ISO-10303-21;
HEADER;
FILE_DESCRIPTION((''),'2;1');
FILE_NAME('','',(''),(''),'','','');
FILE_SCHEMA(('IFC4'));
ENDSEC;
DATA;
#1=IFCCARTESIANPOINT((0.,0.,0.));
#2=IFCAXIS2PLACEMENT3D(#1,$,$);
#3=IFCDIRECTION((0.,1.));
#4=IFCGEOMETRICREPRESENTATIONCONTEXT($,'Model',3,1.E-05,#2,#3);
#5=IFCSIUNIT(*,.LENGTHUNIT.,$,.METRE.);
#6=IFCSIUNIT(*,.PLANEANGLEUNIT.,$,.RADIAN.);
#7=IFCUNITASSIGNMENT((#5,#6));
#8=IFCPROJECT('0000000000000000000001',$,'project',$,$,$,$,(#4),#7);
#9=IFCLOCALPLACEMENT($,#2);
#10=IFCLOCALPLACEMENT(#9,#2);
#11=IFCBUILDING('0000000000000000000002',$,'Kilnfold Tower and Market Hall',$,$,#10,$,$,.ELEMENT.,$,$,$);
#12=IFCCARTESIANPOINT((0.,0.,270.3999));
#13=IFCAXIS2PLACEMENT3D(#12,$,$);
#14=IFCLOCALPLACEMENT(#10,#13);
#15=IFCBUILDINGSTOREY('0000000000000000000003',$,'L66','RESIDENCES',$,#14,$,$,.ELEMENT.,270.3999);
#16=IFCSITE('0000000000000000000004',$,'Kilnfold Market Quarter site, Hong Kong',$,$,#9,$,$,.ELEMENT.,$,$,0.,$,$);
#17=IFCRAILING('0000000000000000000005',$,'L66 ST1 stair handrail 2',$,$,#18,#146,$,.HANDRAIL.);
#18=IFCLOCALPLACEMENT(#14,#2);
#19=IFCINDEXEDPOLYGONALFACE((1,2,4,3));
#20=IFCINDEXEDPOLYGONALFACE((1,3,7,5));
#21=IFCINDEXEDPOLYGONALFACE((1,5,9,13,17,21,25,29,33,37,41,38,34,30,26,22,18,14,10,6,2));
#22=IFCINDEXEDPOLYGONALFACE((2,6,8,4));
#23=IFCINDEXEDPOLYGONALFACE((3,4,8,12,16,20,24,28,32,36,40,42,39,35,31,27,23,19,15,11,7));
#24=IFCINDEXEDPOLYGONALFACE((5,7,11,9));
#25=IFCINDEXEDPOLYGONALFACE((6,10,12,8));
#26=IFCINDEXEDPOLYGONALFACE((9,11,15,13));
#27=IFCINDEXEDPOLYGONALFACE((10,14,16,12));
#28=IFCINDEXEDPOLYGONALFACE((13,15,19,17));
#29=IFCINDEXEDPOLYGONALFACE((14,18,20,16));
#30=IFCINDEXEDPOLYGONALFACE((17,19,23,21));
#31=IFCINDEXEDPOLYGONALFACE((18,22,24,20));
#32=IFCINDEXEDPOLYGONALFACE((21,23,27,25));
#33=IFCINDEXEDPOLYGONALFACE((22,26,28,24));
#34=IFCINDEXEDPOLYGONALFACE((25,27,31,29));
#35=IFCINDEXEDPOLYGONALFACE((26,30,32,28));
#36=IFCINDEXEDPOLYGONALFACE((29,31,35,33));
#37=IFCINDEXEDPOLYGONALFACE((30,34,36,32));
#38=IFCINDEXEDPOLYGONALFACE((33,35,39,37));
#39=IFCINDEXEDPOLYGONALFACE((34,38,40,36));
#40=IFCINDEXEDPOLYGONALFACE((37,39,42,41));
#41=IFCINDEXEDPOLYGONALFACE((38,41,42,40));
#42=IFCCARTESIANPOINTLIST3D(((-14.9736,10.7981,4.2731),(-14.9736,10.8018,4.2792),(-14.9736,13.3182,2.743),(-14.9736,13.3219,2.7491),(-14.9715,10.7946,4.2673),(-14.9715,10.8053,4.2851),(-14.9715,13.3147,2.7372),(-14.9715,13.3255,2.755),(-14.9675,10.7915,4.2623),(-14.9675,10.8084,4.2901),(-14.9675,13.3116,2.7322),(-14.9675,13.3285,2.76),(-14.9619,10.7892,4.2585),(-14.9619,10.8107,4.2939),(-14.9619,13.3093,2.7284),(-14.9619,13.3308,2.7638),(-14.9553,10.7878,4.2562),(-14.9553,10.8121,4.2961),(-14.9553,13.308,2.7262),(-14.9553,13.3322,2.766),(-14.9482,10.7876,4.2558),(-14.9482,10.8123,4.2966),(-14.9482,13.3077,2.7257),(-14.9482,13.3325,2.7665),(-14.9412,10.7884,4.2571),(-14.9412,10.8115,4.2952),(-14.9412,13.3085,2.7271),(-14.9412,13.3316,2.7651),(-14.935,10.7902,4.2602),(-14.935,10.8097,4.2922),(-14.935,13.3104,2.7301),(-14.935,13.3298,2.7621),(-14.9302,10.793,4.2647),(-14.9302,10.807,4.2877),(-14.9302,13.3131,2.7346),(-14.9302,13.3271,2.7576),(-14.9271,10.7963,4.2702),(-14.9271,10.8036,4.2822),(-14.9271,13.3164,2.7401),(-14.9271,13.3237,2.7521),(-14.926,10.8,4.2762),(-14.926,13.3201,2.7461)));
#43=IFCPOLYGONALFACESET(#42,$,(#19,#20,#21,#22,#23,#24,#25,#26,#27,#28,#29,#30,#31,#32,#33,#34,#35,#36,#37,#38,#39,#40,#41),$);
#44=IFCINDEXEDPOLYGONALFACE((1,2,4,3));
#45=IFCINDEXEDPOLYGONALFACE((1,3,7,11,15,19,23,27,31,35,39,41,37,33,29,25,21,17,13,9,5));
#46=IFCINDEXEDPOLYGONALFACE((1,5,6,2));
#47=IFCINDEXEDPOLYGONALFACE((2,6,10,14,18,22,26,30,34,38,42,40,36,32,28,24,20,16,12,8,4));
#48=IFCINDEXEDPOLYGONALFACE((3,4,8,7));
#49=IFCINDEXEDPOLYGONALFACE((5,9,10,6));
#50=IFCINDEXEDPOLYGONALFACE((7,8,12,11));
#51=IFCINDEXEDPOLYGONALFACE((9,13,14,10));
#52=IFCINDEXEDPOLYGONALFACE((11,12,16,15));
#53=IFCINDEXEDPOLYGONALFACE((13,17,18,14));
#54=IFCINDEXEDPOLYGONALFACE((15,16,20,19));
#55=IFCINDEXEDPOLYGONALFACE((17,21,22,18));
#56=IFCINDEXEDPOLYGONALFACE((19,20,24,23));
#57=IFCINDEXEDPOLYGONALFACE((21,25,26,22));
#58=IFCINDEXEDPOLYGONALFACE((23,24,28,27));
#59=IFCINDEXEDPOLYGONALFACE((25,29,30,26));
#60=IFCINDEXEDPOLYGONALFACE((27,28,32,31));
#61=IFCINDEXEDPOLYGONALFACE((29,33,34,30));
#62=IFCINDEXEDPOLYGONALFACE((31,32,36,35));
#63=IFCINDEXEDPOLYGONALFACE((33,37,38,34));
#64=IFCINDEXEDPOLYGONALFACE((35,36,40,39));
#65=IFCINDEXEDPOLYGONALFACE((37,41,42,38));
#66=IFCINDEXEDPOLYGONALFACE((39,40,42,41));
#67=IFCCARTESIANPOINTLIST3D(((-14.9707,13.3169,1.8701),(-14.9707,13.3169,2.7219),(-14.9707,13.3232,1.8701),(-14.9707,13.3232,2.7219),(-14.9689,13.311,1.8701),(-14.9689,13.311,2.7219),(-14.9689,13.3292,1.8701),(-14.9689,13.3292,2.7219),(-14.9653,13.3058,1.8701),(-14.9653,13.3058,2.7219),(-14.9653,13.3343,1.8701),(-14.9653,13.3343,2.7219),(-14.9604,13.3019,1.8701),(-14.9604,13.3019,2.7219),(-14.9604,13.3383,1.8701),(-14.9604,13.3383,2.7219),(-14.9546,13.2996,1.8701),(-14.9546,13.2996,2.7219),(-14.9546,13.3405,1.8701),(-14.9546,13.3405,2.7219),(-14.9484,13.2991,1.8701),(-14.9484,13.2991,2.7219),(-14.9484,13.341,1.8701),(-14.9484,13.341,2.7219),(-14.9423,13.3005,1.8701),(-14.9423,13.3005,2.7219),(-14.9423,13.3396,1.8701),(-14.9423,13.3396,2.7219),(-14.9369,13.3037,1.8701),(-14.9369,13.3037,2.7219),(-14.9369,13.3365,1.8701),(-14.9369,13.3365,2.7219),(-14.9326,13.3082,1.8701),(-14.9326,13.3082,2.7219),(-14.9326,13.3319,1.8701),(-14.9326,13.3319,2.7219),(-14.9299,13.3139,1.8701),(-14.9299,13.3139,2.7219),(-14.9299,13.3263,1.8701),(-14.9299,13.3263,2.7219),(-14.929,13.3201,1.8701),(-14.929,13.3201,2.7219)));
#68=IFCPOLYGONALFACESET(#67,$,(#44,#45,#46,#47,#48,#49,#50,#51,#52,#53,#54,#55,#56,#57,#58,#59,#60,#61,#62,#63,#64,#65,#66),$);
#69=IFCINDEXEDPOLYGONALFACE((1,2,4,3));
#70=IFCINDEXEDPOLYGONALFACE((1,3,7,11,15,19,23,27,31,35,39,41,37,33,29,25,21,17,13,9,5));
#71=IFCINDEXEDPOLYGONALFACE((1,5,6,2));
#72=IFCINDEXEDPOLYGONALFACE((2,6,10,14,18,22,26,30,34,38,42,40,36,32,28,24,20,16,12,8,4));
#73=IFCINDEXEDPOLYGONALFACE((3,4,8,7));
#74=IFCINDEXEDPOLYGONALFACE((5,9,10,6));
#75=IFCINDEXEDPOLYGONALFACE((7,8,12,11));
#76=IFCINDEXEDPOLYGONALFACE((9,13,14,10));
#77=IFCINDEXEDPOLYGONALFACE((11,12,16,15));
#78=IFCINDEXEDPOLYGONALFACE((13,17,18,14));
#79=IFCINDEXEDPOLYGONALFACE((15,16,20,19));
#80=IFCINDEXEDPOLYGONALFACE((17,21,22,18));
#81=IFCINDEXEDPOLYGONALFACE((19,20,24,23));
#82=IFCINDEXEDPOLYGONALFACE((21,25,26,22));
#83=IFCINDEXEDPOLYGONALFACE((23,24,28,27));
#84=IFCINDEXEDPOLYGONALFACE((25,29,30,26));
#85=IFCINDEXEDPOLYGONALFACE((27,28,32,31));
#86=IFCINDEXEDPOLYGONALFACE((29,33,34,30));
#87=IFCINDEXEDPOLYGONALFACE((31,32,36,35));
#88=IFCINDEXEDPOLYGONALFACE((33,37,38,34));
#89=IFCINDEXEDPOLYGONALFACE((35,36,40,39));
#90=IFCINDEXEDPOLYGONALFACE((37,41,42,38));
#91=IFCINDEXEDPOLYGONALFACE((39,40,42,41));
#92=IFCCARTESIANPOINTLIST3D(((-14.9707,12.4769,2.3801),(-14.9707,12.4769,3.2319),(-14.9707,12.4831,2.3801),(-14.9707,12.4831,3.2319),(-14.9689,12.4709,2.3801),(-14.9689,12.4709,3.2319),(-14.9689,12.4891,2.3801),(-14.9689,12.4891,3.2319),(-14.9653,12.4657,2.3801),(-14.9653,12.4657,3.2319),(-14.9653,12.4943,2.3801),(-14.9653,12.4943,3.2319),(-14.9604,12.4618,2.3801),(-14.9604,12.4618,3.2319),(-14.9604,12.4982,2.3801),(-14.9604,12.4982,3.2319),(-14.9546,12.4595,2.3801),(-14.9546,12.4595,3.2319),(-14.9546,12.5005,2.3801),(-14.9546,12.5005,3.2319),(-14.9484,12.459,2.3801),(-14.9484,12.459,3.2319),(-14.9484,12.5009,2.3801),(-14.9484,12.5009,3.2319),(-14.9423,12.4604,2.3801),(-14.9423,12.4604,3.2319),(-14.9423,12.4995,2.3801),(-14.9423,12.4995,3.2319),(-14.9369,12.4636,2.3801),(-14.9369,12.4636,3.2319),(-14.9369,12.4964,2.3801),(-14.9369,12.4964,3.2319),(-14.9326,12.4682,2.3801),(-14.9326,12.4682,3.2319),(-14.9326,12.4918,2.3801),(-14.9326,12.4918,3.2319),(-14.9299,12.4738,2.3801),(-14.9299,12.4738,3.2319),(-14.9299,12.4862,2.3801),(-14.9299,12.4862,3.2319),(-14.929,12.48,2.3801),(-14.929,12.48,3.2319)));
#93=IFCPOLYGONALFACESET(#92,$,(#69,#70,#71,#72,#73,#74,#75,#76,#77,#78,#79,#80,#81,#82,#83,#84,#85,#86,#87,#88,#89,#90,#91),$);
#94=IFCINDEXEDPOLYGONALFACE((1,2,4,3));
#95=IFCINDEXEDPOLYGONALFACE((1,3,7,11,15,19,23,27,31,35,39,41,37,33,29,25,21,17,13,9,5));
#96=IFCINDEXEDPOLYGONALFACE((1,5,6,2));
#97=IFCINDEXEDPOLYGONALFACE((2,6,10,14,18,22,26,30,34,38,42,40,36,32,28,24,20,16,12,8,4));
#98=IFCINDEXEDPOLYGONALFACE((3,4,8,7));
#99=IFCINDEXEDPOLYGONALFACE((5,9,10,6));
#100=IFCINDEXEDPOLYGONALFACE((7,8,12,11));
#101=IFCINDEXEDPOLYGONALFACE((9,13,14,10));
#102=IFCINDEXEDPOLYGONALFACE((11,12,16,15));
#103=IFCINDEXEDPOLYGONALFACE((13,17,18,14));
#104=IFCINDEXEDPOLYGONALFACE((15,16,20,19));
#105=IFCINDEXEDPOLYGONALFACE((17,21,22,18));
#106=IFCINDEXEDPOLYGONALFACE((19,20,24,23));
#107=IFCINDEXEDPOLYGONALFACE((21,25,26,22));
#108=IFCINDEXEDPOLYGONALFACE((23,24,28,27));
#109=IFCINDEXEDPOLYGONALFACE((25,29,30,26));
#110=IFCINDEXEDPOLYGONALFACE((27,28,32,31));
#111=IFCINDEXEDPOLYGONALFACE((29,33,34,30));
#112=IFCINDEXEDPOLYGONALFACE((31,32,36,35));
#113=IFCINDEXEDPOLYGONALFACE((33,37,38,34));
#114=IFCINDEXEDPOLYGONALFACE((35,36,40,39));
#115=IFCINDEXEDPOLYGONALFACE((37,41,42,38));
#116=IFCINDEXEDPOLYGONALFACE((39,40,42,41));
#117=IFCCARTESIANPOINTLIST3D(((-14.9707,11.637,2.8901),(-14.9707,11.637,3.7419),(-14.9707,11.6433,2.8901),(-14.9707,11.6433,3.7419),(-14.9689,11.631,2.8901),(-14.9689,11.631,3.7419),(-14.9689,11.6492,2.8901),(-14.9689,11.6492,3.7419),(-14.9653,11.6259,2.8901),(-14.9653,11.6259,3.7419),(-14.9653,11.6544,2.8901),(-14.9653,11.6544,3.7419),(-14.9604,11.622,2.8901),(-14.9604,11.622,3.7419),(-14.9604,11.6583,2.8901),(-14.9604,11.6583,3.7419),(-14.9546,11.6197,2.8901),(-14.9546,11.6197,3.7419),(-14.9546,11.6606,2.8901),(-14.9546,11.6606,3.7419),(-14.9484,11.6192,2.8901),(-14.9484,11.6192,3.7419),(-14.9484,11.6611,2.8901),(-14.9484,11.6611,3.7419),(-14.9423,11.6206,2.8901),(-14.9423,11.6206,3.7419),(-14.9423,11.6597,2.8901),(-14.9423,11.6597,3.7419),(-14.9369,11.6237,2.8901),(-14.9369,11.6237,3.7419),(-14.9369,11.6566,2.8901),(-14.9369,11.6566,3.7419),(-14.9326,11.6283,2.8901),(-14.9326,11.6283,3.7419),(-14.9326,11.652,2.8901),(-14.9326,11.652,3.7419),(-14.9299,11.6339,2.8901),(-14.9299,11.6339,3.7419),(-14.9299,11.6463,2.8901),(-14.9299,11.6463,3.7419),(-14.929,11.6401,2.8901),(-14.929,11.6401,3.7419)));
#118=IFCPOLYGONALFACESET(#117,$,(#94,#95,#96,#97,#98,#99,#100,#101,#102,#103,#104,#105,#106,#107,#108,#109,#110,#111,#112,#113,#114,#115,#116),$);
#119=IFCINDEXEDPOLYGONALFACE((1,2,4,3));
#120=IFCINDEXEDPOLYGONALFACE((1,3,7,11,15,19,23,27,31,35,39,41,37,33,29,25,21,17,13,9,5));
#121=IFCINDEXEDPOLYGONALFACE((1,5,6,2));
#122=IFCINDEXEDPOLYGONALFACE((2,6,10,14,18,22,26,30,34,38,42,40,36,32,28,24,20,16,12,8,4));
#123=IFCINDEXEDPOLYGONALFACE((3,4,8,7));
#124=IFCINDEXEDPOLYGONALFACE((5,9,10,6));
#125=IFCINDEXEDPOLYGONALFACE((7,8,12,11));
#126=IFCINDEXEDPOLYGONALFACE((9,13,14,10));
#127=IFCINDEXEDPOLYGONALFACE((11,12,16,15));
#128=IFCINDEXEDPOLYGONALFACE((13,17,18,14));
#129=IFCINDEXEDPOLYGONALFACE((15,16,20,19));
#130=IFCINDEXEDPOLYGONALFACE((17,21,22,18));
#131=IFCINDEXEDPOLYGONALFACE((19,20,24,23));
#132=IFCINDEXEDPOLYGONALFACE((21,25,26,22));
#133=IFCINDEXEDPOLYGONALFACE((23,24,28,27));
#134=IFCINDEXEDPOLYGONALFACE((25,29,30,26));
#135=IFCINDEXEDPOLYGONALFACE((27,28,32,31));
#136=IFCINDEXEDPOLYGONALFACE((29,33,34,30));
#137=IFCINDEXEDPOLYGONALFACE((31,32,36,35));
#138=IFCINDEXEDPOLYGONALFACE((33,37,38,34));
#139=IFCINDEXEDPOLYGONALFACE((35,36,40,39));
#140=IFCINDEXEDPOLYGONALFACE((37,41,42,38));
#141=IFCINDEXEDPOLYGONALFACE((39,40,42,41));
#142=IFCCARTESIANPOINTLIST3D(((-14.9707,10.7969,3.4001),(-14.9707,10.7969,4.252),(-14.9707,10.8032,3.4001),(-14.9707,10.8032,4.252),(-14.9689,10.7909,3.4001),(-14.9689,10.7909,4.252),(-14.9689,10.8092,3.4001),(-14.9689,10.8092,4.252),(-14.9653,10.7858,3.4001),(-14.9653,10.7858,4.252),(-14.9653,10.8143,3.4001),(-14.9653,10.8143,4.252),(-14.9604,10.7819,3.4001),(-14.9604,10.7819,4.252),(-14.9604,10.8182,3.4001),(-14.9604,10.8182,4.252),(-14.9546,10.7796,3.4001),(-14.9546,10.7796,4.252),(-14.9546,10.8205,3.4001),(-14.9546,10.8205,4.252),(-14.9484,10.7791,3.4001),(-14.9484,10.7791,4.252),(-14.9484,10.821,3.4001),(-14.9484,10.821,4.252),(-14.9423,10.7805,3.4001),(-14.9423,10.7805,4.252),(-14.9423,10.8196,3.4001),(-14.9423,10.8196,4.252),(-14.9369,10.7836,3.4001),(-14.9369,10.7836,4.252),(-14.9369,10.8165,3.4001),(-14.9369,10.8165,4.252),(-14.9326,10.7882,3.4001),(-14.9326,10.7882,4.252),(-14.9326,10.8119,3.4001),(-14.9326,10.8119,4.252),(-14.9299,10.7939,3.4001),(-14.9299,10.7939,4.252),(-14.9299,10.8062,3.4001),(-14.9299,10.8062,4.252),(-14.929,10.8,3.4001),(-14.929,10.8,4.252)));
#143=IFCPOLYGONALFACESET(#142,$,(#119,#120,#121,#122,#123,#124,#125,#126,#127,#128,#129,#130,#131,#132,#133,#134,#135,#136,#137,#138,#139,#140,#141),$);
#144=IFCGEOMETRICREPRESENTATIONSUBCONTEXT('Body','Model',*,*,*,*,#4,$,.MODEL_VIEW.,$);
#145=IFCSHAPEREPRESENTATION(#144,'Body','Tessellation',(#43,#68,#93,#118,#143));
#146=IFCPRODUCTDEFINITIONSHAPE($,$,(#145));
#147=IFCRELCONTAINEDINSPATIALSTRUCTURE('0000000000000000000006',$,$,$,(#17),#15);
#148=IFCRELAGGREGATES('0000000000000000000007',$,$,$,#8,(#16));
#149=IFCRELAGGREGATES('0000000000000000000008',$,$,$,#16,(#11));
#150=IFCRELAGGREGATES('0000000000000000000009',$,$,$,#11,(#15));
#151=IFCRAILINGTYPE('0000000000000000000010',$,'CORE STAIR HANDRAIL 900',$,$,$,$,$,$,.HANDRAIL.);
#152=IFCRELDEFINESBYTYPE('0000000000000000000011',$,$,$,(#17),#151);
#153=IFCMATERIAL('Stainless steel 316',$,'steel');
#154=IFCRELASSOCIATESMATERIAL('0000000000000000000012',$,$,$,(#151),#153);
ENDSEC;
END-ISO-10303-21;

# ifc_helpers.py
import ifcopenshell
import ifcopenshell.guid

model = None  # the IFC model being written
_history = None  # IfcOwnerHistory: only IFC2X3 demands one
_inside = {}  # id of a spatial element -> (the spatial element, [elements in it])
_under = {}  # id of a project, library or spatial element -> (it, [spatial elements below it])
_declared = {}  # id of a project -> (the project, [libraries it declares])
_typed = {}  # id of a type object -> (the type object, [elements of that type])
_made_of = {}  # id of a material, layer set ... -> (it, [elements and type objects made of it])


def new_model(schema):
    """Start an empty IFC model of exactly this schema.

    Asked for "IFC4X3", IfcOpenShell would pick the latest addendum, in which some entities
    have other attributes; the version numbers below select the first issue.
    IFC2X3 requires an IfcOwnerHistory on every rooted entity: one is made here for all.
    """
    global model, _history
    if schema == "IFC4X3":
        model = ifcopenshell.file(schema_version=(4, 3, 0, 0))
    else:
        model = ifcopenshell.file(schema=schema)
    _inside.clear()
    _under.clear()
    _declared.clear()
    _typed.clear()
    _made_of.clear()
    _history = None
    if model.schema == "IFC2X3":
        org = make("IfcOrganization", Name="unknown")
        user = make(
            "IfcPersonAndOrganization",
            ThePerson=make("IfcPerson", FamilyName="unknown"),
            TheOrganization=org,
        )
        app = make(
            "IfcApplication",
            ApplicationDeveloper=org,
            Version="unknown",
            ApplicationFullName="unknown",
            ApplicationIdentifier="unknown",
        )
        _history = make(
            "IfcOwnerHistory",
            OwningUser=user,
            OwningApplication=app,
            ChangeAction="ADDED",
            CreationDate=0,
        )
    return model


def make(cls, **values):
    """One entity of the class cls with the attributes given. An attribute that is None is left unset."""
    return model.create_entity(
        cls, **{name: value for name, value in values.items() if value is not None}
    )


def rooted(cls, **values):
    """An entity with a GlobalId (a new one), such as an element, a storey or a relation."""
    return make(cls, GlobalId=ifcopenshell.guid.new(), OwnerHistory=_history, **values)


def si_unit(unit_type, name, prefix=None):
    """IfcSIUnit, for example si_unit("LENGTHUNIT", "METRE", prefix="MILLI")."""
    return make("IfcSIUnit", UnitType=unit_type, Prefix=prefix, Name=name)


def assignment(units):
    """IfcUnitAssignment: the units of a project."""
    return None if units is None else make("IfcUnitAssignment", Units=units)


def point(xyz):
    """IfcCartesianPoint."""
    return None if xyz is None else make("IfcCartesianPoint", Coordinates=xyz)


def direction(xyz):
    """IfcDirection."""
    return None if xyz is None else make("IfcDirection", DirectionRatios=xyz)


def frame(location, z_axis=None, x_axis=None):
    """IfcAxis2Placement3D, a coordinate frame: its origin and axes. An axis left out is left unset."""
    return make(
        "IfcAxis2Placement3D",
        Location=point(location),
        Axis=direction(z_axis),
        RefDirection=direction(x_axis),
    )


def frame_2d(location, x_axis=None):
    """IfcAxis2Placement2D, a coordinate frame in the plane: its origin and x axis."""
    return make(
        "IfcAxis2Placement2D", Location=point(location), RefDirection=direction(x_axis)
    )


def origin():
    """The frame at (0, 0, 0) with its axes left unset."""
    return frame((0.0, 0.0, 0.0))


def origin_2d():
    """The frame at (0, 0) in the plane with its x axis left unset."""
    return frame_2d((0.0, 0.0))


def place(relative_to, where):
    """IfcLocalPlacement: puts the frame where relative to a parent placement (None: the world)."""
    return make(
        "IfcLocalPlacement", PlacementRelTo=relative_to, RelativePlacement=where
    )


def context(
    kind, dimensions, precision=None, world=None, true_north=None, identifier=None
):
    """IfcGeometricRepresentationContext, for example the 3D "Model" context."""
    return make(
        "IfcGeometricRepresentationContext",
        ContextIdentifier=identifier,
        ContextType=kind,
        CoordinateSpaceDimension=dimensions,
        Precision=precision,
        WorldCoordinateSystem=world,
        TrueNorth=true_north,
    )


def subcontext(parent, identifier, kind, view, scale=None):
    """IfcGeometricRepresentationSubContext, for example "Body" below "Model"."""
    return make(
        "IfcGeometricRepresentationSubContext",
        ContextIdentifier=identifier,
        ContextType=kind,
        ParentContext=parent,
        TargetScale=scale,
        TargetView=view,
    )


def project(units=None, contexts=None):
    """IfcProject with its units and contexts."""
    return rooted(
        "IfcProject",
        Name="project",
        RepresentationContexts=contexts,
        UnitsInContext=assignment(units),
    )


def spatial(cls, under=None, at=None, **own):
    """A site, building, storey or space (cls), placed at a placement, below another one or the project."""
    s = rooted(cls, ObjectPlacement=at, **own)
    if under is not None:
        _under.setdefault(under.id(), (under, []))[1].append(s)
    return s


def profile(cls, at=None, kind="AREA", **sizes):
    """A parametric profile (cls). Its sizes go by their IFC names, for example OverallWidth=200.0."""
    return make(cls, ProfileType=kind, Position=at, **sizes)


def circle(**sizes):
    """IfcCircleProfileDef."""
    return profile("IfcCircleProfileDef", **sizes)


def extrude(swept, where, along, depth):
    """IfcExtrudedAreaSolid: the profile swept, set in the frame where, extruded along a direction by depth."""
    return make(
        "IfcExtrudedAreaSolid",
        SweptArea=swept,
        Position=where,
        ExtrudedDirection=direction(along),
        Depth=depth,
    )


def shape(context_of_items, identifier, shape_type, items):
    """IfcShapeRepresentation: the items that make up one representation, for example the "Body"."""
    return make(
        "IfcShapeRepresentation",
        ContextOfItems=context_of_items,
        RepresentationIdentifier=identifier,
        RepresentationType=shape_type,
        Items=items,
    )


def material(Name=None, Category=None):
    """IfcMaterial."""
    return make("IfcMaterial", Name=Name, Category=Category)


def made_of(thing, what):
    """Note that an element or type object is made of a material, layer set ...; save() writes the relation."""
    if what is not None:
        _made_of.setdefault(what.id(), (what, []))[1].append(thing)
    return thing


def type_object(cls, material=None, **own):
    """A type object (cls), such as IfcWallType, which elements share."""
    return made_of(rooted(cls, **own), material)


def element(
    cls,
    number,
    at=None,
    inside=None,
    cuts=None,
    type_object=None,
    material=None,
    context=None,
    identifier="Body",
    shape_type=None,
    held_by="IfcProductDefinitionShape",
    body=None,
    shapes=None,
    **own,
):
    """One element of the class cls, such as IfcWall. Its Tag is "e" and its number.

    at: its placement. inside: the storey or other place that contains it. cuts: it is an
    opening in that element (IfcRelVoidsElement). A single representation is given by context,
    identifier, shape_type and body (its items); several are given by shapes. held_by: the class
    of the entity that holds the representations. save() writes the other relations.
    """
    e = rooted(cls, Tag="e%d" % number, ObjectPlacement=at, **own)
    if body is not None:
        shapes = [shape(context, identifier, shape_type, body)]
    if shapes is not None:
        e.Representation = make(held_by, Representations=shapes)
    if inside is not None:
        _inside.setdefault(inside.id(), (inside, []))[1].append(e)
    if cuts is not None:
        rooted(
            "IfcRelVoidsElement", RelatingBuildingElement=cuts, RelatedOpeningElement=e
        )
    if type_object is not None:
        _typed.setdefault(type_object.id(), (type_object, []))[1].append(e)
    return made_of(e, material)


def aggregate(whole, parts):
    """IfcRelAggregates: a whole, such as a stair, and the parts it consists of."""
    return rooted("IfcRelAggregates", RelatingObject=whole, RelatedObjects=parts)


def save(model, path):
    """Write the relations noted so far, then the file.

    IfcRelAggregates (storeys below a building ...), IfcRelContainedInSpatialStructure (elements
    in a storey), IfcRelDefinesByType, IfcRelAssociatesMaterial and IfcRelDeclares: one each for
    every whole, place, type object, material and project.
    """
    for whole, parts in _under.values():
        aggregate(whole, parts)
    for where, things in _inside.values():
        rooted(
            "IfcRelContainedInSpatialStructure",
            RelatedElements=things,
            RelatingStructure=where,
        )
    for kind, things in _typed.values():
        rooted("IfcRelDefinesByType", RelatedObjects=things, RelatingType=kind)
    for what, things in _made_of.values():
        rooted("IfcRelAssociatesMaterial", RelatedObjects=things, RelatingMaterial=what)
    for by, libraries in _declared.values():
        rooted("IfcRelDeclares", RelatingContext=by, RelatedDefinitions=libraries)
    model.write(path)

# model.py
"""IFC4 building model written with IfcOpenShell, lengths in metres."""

from ifc_helpers import new_model, si_unit, direction, frame, origin, origin_2d, place, context, subcontext, project, spatial, circle, extrude, material, type_object, element, save


model = new_model("IFC4")

# Units and contexts
model_context = context("Model", 3, precision=1e-05, world=origin(), true_north=direction((0.0, 1.0)))
body_context = subcontext(model_context, "Body", "Model", "MODEL_VIEW")
ifc_project = project(units=[si_unit("LENGTHUNIT", "METRE"), si_unit("PLANEANGLEUNIT", "RADIAN")], contexts=[model_context])

# Site, building, storey
site_placement = place(None, origin())
site = spatial("IfcSite", under=ifc_project, at=site_placement, Name="Kilnfold Market Quarter site, Hong Kong", CompositionType="ELEMENT", RefElevation=0.0)
building_placement = place(site_placement, origin())
building = spatial("IfcBuilding", under=site, at=building_placement, Name="Kilnfold Tower and Market Hall", CompositionType="ELEMENT")
storey_placement = place(building_placement, frame((0.0, 0.0, 270.3999)))
storey = spatial("IfcBuildingStorey", under=building, at=storey_placement, Name="L66", Description="RESIDENCES", CompositionType="ELEMENT", Elevation=270.3999)

# Railing
ifc_material_1 = material(Name="Stainless steel 316", Category="steel")
railing_type = type_object("IfcRailingType", Name="CORE STAIR HANDRAIL 900", PredefinedType="HANDRAIL", material=ifc_material_1)
railing_placement = place(storey_placement, frame((-14.95, 13.3201, 1.8701)))
element("IfcRailing", 1, at=railing_placement, inside=storey, type_object=railing_type, Name="L66 ST1 stair handrail 2", PredefinedType="HANDRAIL", context=body_context, shape_type="SweptSolid", body=[
    extrude(circle(Radius=0.0239, at=origin_2d()), frame((0.0, 0.0, 0.876), z_axis=(0.0, -0.854785, 0.518982), x_axis=(1.0, 0.0, 0.0)), (0.0, 0.0, 1.0), 2.9482),
    extrude(circle(Radius=0.021, at=origin_2d()), origin(), (0.0, 0.0, 1.0), 0.8518),
    extrude(circle(Radius=0.021, at=origin_2d()), frame((0.0, -0.8401, 0.51)), (0.0, 0.0, 1.0), 0.8518),
    extrude(circle(Radius=0.021, at=origin_2d()), frame((0.0, -1.6799, 1.02)), (0.0, 0.0, 1.0), 0.8518),
    extrude(circle(Radius=0.021, at=origin_2d()), frame((0.0, -2.52, 1.53)), (0.0, 0.0, 1.0), 0.8518),
])

save(model, "model.ifc")
